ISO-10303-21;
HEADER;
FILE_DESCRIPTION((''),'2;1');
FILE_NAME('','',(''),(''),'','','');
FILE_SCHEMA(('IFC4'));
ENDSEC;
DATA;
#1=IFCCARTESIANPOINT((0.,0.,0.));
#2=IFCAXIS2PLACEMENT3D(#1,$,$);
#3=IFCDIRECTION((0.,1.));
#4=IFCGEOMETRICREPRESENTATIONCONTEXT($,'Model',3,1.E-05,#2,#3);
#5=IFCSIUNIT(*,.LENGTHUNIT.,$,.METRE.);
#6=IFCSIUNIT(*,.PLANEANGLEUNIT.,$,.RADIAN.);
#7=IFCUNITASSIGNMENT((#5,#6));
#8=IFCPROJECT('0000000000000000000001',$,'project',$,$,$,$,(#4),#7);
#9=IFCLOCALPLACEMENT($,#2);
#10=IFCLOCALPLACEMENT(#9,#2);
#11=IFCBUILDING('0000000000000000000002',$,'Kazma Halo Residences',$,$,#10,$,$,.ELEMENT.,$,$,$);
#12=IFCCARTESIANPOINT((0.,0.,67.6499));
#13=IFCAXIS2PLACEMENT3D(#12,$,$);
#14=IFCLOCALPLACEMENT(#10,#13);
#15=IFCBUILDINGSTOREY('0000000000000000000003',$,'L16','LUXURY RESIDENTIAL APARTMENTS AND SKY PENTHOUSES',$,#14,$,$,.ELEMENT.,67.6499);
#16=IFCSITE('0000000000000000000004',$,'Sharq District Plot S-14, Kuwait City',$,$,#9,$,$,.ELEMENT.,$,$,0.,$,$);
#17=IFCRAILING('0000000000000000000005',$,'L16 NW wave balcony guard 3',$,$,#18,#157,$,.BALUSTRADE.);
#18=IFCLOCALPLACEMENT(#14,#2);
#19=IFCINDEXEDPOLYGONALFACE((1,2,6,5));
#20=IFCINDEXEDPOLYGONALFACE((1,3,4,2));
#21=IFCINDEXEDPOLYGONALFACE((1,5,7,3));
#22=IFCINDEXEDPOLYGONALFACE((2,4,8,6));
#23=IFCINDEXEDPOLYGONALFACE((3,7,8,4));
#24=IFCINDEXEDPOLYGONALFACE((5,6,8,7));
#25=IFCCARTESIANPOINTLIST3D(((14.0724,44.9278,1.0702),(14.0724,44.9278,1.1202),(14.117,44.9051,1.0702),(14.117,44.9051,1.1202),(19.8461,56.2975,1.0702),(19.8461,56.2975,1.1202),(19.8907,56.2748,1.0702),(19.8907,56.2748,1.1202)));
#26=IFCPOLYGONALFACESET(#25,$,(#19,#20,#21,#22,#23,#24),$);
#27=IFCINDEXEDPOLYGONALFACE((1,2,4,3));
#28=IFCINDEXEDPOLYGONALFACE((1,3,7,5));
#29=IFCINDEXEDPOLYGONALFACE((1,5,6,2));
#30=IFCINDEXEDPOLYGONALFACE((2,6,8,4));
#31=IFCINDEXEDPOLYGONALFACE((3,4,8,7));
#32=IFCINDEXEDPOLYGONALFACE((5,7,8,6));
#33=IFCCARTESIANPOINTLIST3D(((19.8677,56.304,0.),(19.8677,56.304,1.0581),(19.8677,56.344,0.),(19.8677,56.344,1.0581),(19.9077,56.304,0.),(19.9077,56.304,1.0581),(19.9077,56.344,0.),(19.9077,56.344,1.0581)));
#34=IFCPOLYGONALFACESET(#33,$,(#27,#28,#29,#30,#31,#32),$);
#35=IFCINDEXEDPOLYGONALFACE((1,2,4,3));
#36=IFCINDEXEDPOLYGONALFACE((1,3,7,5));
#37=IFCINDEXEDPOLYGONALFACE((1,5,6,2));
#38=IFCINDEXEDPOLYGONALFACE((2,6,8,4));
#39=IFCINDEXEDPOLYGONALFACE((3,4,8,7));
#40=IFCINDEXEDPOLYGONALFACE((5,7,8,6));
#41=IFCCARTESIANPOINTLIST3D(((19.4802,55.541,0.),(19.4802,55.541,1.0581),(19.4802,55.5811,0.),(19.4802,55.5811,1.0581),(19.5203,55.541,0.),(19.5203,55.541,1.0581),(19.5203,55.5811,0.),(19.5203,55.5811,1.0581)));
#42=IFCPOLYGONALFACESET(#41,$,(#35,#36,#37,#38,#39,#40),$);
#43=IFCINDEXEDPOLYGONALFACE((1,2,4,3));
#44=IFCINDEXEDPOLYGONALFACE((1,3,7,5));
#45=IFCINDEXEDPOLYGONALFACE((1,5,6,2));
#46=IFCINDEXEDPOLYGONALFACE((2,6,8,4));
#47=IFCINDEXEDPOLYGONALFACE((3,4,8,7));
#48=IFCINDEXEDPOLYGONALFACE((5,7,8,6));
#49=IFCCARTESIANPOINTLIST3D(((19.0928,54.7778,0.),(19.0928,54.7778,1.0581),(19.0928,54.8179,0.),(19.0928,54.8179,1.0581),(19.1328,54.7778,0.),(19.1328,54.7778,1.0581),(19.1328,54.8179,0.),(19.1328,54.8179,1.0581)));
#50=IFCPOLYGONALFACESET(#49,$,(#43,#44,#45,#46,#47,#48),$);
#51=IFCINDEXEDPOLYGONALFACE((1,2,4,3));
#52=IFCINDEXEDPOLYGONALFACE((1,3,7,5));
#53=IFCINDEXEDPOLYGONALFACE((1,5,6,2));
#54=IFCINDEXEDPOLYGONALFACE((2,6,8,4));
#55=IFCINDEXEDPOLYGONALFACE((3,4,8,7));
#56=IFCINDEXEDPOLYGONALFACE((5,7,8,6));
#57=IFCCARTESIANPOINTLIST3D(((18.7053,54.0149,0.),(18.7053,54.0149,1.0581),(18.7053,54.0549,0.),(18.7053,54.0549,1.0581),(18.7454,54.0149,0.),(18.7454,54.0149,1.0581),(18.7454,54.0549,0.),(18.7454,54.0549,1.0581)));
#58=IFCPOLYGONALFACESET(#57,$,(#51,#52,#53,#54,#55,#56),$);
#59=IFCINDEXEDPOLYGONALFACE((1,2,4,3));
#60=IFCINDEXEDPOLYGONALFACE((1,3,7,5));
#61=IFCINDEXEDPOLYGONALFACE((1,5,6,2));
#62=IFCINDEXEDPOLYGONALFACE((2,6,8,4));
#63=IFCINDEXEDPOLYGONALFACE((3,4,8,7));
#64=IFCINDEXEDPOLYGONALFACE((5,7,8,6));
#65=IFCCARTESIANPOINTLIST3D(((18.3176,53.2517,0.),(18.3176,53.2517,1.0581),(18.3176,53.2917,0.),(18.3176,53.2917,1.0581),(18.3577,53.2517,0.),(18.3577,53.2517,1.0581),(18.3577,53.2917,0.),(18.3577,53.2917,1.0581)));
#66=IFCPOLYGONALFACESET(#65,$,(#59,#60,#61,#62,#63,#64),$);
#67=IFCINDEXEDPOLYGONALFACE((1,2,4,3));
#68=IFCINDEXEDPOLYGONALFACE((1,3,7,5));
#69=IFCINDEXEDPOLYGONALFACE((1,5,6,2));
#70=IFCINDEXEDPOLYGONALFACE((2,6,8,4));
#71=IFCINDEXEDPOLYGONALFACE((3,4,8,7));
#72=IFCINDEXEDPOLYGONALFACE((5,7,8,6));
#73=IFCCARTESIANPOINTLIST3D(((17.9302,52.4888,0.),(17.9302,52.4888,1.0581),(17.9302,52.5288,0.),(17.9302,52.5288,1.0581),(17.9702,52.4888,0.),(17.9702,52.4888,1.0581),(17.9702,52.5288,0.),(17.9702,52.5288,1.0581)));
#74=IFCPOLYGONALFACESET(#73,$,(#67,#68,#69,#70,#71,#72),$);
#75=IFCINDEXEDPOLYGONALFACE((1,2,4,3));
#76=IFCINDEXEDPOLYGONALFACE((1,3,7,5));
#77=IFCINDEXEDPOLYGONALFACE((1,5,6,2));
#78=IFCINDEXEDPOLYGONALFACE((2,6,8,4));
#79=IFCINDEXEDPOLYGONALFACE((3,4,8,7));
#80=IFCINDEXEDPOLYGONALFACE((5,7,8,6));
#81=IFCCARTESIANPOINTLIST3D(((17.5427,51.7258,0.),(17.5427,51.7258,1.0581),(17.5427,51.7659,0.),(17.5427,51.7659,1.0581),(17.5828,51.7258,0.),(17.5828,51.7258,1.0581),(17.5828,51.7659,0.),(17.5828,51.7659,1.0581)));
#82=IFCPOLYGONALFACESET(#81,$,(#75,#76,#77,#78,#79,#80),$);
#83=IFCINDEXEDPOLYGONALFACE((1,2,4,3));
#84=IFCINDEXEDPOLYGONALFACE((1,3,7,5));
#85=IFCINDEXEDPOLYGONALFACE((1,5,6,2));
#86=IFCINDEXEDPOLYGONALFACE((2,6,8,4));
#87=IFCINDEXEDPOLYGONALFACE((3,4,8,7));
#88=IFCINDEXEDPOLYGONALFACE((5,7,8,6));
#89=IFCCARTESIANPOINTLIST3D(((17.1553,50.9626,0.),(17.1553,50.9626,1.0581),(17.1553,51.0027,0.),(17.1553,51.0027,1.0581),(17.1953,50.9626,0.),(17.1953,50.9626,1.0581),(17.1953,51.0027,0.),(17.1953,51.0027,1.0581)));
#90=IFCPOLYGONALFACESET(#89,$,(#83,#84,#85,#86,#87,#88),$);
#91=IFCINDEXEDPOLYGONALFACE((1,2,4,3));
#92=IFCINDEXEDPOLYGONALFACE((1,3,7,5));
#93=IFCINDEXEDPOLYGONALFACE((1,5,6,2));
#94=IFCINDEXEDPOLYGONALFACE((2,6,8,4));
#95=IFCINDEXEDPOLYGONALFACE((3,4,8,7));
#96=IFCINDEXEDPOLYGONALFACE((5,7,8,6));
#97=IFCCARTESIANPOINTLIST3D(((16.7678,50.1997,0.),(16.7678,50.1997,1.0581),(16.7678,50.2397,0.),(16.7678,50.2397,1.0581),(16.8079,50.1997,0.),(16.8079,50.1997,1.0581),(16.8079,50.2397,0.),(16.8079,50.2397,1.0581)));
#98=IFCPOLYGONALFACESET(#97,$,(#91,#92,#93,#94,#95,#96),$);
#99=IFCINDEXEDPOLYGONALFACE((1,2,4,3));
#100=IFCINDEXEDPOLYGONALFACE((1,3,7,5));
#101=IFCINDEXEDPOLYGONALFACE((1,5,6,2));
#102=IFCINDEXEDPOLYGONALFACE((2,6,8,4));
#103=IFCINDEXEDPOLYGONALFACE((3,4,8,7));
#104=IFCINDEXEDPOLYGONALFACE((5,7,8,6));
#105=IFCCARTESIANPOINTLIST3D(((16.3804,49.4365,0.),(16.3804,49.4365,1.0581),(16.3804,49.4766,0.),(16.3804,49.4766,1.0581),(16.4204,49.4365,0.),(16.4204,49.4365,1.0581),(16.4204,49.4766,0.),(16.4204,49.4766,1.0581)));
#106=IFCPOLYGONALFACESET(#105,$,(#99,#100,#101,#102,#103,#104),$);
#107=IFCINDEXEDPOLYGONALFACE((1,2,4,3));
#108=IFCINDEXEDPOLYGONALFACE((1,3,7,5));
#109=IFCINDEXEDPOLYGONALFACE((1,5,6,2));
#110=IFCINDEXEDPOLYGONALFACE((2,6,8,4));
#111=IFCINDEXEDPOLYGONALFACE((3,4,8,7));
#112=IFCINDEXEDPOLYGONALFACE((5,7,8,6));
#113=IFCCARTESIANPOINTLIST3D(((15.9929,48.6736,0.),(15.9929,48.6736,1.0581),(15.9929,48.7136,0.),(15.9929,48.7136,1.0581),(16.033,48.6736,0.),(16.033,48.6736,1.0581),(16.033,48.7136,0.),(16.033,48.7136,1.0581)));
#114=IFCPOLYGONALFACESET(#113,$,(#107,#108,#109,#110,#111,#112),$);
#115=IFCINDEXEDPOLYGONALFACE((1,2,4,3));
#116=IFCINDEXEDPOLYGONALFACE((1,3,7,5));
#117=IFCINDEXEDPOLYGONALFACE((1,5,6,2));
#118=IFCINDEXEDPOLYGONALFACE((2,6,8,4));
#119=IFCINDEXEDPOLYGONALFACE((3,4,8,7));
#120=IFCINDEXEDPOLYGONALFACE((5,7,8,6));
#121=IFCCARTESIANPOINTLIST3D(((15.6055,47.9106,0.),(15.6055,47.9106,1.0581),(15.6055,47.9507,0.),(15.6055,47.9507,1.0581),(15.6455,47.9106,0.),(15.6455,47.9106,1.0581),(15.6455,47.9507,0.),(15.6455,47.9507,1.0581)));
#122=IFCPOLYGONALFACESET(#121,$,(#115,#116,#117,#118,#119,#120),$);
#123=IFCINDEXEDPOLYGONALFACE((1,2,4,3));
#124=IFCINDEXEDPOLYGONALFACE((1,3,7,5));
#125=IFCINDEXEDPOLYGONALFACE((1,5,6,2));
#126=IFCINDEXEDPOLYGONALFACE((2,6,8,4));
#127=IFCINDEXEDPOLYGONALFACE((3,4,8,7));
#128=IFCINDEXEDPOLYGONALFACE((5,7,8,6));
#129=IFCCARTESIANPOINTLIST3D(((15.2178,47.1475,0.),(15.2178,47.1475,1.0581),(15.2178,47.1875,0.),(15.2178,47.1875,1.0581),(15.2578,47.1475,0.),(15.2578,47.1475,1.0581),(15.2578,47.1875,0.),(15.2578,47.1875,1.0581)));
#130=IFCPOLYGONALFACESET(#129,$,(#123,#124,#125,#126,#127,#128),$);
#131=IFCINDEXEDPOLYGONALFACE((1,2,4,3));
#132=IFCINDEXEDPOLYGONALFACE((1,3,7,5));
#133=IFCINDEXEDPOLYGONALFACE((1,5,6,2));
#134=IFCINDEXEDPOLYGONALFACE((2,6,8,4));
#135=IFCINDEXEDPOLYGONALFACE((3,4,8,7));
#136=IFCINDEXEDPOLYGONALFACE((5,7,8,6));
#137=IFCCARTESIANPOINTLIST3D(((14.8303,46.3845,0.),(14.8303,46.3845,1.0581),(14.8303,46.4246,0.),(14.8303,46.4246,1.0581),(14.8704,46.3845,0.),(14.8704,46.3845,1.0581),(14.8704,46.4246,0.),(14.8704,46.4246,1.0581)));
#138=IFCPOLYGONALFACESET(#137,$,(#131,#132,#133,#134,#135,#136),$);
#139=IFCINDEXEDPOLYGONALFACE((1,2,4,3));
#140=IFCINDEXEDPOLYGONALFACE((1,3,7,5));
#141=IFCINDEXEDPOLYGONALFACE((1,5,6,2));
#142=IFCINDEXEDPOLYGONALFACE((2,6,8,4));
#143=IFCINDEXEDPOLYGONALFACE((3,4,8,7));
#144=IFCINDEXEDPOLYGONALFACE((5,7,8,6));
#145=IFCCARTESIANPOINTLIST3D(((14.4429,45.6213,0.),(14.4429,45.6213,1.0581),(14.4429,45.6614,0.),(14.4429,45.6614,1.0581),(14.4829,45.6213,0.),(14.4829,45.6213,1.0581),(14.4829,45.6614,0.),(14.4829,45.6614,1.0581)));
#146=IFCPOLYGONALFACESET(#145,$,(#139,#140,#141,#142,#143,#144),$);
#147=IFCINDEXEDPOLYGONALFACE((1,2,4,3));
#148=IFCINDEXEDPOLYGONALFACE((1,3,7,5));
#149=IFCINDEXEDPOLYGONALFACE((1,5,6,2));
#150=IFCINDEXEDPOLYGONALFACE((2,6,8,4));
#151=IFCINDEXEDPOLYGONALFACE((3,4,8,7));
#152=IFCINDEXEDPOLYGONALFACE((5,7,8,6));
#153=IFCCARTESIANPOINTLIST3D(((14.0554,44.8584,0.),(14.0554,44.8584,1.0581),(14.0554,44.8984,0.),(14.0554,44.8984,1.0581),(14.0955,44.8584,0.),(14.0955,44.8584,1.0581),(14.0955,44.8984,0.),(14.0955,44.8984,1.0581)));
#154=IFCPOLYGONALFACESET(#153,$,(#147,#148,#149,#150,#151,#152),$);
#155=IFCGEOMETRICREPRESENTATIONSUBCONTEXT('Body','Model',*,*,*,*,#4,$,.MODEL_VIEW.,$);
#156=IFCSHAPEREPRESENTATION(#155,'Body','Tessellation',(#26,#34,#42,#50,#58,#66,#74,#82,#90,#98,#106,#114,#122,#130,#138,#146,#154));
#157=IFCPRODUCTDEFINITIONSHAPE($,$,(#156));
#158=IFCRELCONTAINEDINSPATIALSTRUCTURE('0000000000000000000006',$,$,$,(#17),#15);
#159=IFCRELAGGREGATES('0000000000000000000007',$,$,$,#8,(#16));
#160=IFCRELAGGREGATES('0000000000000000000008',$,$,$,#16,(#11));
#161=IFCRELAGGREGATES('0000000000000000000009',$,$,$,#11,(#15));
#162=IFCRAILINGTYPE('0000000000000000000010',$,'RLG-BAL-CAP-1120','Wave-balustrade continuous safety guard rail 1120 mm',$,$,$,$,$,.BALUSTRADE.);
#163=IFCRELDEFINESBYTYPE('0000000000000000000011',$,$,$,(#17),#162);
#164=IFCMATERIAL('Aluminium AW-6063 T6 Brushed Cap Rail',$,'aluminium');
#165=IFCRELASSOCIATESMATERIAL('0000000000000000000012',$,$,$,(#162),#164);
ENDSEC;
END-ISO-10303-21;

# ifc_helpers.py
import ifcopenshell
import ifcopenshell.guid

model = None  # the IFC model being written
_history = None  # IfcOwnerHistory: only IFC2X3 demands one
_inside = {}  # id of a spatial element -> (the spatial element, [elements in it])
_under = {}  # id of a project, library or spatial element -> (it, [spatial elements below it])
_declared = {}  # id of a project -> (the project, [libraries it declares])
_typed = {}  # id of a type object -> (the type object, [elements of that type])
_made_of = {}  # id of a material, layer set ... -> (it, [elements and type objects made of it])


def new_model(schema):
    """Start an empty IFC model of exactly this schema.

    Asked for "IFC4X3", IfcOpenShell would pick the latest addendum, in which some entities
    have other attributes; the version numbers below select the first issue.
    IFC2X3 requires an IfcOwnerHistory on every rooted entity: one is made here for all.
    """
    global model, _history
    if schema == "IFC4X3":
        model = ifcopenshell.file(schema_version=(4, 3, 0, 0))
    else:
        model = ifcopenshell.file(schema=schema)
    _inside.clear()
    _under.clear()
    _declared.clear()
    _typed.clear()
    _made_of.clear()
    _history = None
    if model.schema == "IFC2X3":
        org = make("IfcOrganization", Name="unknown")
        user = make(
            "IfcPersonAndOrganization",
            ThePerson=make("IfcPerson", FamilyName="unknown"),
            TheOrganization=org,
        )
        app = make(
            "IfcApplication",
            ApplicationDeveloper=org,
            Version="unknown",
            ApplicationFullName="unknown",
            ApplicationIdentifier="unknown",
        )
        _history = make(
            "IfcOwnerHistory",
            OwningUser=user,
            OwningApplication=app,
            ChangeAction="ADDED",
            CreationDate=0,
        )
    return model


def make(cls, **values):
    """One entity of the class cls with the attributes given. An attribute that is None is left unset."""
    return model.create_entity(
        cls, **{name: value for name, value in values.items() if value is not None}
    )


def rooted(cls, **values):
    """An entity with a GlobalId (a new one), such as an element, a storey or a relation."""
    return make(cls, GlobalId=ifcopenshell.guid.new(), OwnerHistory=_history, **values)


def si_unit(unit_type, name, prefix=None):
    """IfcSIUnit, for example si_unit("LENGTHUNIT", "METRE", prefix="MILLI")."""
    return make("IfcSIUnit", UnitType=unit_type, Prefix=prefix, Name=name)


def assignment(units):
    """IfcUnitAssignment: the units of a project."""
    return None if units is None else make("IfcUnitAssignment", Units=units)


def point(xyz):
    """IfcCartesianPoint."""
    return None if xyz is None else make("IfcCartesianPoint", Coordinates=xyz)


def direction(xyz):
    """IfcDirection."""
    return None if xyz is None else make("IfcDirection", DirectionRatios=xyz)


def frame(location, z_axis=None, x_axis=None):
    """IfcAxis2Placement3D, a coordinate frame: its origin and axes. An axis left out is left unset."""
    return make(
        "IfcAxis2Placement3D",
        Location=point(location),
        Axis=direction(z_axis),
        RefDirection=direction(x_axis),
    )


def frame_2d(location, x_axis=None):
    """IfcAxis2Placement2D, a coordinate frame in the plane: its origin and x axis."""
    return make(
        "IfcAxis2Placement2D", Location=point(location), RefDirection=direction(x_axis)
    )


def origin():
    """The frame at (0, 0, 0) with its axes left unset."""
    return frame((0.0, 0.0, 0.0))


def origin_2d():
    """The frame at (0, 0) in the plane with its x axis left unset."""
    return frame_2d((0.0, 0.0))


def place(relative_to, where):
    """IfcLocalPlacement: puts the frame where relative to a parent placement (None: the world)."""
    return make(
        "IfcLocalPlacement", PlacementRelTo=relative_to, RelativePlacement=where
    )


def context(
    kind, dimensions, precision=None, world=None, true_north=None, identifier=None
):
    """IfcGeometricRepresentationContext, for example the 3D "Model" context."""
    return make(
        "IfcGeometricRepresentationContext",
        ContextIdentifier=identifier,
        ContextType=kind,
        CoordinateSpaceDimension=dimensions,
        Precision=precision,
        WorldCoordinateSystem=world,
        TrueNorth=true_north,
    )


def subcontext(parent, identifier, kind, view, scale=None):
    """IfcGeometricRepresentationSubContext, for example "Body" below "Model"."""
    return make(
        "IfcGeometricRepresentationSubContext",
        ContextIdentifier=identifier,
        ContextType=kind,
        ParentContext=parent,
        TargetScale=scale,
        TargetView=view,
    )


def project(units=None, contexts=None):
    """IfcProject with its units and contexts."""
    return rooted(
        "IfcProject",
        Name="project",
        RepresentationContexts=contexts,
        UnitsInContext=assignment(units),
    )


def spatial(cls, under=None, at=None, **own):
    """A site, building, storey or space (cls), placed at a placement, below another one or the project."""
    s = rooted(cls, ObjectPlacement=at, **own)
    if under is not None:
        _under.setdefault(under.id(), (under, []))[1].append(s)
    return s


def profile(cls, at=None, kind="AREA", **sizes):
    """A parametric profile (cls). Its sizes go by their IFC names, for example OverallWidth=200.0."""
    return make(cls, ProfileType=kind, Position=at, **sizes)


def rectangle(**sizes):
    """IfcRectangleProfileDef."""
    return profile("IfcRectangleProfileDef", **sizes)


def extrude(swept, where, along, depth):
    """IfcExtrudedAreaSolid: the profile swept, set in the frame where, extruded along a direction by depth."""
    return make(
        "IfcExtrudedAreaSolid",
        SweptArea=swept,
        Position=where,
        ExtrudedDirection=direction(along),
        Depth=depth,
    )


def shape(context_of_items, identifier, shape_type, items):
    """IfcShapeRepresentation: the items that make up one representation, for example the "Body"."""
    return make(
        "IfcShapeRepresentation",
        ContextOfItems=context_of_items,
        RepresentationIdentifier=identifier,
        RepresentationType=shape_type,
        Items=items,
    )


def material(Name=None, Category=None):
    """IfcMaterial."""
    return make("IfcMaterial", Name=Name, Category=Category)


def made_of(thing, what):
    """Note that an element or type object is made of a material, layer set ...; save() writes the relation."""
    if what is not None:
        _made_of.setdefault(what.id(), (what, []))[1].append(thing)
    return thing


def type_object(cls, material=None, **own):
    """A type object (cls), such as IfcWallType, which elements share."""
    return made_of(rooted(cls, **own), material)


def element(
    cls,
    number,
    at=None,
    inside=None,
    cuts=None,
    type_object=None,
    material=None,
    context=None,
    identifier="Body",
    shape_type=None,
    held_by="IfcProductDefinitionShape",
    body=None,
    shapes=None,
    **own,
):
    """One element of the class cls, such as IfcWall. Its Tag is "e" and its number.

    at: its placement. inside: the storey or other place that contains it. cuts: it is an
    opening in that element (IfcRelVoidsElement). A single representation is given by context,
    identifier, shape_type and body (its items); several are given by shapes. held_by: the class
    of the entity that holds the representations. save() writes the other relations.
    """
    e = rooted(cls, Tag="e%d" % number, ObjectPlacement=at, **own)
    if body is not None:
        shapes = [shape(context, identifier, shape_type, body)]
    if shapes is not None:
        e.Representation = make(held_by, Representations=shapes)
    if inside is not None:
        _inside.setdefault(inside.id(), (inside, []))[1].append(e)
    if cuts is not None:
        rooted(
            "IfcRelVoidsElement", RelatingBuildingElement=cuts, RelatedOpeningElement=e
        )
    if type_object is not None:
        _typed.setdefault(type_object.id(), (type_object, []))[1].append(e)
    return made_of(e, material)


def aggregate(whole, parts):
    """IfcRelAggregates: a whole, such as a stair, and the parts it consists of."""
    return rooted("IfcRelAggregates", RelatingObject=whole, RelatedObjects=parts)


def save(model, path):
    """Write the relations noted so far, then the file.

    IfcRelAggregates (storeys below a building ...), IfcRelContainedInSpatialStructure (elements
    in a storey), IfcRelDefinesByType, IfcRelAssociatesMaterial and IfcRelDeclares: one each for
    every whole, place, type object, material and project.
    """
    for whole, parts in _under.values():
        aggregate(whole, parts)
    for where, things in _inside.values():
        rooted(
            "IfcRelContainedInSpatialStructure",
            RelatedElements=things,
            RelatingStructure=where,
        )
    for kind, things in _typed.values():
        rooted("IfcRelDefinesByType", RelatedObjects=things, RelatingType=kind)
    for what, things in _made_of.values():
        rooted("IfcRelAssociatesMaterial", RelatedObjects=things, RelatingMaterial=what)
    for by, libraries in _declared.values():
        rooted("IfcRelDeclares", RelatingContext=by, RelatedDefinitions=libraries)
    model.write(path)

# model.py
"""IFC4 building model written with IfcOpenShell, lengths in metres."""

from ifc_helpers import new_model, si_unit, direction, frame, origin, origin_2d, place, context, subcontext, project, spatial, rectangle, extrude, material, type_object, element, save


model = new_model("IFC4")

# Units and contexts
model_context = context("Model", 3, precision=1e-05, world=origin(), true_north=direction((0.0, 1.0)))
body_context = subcontext(model_context, "Body", "Model", "MODEL_VIEW")
ifc_project = project(units=[si_unit("LENGTHUNIT", "METRE"), si_unit("PLANEANGLEUNIT", "RADIAN")], contexts=[model_context])

# Site, building, storey
site_placement = place(None, origin())
site = spatial("IfcSite", under=ifc_project, at=site_placement, Name="Sharq District Plot S-14, Kuwait City", CompositionType="ELEMENT", RefElevation=0.0)
building_placement = place(site_placement, origin())
building = spatial("IfcBuilding", under=site, at=building_placement, Name="Kazma Halo Residences", CompositionType="ELEMENT")
storey_placement = place(building_placement, frame((0.0, 0.0, 67.6499)))
storey = spatial("IfcBuildingStorey", under=building, at=storey_placement, Name="L16", Description="LUXURY RESIDENTIAL APARTMENTS AND SKY PENTHOUSES", CompositionType="ELEMENT", Elevation=67.6499)

# Railing
ifc_material_1 = material(Name="Aluminium AW-6063 T6 Brushed Cap Rail", Category="aluminium")
railing_type = type_object("IfcRailingType", Name="RLG-BAL-CAP-1120", Description="Wave-balustrade continuous safety guard rail 1120 mm", PredefinedType="BALUSTRADE", material=ifc_material_1)
railing_1_placement = place(storey_placement, frame((19.8877, 56.324, 0.0)))
element("IfcRailing", 1, at=railing_1_placement, inside=storey, type_object=railing_type, Name="L16 NW wave balcony guard 3", PredefinedType="BALUSTRADE", context=body_context, shape_type="SweptSolid", body=[
    extrude(rectangle(XDim=0.05, YDim=0.05, at=origin_2d()), frame((-0.0193, -0.0378, 1.0952), z_axis=(-0.452781, -0.891622, 0.0), x_axis=(0.891622, -0.452781, 0.0)), (0.0, 0.0, 1.0), 12.7517),
    extrude(rectangle(XDim=0.04, YDim=0.04, at=origin_2d()), origin(), (0.0, 0.0, 1.0), 1.0581),
    extrude(rectangle(XDim=0.04, YDim=0.04, at=origin_2d()), frame((-0.3875, -0.7629, 0.0)), (0.0, 0.0, 1.0), 1.0581),
    extrude(rectangle(XDim=0.04, YDim=0.04, at=origin_2d()), frame((-0.7749, -1.5261, 0.0)), (0.0, 0.0, 1.0), 1.0581),
    extrude(rectangle(XDim=0.04, YDim=0.04, at=origin_2d()), frame((-1.1624, -2.2891, 0.0)), (0.0, 0.0, 1.0), 1.0581),
    extrude(rectangle(XDim=0.04, YDim=0.04, at=origin_2d()), frame((-1.55, -3.0522, 0.0)), (0.0, 0.0, 1.0), 1.0581),
    extrude(rectangle(XDim=0.04, YDim=0.04, at=origin_2d()), frame((-1.9375, -3.8152, 0.0)), (0.0, 0.0, 1.0), 1.0581),
    extrude(rectangle(XDim=0.04, YDim=0.04, at=origin_2d()), frame((-2.325, -4.5781, 0.0)), (0.0, 0.0, 1.0), 1.0581),
    extrude(rectangle(XDim=0.04, YDim=0.04, at=origin_2d()), frame((-2.7124, -5.3413, 0.0)), (0.0, 0.0, 1.0), 1.0581),
    extrude(rectangle(XDim=0.04, YDim=0.04, at=origin_2d()), frame((-3.0999, -6.1042, 0.0)), (0.0, 0.0, 1.0), 1.0581),
    extrude(rectangle(XDim=0.04, YDim=0.04, at=origin_2d()), frame((-3.4873, -6.8674, 0.0)), (0.0, 0.0, 1.0), 1.0581),
    extrude(rectangle(XDim=0.04, YDim=0.04, at=origin_2d()), frame((-3.8748, -7.6304, 0.0)), (0.0, 0.0, 1.0), 1.0581),
    extrude(rectangle(XDim=0.04, YDim=0.04, at=origin_2d()), frame((-4.2622, -8.3933, 0.0)), (0.0, 0.0, 1.0), 1.0581),
    extrude(rectangle(XDim=0.04, YDim=0.04, at=origin_2d()), frame((-4.6499, -9.1565, 0.0)), (0.0, 0.0, 1.0), 1.0581),
    extrude(rectangle(XDim=0.04, YDim=0.04, at=origin_2d()), frame((-5.0374, -9.9194, 0.0)), (0.0, 0.0, 1.0), 1.0581),
    extrude(rectangle(XDim=0.04, YDim=0.04, at=origin_2d()), frame((-5.4248, -10.6826, 0.0)), (0.0, 0.0, 1.0), 1.0581),
    extrude(rectangle(XDim=0.04, YDim=0.04, at=origin_2d()), frame((-5.8123, -11.4456, 0.0)), (0.0, 0.0, 1.0), 1.0581),
])

save(model, "model.ifc")
